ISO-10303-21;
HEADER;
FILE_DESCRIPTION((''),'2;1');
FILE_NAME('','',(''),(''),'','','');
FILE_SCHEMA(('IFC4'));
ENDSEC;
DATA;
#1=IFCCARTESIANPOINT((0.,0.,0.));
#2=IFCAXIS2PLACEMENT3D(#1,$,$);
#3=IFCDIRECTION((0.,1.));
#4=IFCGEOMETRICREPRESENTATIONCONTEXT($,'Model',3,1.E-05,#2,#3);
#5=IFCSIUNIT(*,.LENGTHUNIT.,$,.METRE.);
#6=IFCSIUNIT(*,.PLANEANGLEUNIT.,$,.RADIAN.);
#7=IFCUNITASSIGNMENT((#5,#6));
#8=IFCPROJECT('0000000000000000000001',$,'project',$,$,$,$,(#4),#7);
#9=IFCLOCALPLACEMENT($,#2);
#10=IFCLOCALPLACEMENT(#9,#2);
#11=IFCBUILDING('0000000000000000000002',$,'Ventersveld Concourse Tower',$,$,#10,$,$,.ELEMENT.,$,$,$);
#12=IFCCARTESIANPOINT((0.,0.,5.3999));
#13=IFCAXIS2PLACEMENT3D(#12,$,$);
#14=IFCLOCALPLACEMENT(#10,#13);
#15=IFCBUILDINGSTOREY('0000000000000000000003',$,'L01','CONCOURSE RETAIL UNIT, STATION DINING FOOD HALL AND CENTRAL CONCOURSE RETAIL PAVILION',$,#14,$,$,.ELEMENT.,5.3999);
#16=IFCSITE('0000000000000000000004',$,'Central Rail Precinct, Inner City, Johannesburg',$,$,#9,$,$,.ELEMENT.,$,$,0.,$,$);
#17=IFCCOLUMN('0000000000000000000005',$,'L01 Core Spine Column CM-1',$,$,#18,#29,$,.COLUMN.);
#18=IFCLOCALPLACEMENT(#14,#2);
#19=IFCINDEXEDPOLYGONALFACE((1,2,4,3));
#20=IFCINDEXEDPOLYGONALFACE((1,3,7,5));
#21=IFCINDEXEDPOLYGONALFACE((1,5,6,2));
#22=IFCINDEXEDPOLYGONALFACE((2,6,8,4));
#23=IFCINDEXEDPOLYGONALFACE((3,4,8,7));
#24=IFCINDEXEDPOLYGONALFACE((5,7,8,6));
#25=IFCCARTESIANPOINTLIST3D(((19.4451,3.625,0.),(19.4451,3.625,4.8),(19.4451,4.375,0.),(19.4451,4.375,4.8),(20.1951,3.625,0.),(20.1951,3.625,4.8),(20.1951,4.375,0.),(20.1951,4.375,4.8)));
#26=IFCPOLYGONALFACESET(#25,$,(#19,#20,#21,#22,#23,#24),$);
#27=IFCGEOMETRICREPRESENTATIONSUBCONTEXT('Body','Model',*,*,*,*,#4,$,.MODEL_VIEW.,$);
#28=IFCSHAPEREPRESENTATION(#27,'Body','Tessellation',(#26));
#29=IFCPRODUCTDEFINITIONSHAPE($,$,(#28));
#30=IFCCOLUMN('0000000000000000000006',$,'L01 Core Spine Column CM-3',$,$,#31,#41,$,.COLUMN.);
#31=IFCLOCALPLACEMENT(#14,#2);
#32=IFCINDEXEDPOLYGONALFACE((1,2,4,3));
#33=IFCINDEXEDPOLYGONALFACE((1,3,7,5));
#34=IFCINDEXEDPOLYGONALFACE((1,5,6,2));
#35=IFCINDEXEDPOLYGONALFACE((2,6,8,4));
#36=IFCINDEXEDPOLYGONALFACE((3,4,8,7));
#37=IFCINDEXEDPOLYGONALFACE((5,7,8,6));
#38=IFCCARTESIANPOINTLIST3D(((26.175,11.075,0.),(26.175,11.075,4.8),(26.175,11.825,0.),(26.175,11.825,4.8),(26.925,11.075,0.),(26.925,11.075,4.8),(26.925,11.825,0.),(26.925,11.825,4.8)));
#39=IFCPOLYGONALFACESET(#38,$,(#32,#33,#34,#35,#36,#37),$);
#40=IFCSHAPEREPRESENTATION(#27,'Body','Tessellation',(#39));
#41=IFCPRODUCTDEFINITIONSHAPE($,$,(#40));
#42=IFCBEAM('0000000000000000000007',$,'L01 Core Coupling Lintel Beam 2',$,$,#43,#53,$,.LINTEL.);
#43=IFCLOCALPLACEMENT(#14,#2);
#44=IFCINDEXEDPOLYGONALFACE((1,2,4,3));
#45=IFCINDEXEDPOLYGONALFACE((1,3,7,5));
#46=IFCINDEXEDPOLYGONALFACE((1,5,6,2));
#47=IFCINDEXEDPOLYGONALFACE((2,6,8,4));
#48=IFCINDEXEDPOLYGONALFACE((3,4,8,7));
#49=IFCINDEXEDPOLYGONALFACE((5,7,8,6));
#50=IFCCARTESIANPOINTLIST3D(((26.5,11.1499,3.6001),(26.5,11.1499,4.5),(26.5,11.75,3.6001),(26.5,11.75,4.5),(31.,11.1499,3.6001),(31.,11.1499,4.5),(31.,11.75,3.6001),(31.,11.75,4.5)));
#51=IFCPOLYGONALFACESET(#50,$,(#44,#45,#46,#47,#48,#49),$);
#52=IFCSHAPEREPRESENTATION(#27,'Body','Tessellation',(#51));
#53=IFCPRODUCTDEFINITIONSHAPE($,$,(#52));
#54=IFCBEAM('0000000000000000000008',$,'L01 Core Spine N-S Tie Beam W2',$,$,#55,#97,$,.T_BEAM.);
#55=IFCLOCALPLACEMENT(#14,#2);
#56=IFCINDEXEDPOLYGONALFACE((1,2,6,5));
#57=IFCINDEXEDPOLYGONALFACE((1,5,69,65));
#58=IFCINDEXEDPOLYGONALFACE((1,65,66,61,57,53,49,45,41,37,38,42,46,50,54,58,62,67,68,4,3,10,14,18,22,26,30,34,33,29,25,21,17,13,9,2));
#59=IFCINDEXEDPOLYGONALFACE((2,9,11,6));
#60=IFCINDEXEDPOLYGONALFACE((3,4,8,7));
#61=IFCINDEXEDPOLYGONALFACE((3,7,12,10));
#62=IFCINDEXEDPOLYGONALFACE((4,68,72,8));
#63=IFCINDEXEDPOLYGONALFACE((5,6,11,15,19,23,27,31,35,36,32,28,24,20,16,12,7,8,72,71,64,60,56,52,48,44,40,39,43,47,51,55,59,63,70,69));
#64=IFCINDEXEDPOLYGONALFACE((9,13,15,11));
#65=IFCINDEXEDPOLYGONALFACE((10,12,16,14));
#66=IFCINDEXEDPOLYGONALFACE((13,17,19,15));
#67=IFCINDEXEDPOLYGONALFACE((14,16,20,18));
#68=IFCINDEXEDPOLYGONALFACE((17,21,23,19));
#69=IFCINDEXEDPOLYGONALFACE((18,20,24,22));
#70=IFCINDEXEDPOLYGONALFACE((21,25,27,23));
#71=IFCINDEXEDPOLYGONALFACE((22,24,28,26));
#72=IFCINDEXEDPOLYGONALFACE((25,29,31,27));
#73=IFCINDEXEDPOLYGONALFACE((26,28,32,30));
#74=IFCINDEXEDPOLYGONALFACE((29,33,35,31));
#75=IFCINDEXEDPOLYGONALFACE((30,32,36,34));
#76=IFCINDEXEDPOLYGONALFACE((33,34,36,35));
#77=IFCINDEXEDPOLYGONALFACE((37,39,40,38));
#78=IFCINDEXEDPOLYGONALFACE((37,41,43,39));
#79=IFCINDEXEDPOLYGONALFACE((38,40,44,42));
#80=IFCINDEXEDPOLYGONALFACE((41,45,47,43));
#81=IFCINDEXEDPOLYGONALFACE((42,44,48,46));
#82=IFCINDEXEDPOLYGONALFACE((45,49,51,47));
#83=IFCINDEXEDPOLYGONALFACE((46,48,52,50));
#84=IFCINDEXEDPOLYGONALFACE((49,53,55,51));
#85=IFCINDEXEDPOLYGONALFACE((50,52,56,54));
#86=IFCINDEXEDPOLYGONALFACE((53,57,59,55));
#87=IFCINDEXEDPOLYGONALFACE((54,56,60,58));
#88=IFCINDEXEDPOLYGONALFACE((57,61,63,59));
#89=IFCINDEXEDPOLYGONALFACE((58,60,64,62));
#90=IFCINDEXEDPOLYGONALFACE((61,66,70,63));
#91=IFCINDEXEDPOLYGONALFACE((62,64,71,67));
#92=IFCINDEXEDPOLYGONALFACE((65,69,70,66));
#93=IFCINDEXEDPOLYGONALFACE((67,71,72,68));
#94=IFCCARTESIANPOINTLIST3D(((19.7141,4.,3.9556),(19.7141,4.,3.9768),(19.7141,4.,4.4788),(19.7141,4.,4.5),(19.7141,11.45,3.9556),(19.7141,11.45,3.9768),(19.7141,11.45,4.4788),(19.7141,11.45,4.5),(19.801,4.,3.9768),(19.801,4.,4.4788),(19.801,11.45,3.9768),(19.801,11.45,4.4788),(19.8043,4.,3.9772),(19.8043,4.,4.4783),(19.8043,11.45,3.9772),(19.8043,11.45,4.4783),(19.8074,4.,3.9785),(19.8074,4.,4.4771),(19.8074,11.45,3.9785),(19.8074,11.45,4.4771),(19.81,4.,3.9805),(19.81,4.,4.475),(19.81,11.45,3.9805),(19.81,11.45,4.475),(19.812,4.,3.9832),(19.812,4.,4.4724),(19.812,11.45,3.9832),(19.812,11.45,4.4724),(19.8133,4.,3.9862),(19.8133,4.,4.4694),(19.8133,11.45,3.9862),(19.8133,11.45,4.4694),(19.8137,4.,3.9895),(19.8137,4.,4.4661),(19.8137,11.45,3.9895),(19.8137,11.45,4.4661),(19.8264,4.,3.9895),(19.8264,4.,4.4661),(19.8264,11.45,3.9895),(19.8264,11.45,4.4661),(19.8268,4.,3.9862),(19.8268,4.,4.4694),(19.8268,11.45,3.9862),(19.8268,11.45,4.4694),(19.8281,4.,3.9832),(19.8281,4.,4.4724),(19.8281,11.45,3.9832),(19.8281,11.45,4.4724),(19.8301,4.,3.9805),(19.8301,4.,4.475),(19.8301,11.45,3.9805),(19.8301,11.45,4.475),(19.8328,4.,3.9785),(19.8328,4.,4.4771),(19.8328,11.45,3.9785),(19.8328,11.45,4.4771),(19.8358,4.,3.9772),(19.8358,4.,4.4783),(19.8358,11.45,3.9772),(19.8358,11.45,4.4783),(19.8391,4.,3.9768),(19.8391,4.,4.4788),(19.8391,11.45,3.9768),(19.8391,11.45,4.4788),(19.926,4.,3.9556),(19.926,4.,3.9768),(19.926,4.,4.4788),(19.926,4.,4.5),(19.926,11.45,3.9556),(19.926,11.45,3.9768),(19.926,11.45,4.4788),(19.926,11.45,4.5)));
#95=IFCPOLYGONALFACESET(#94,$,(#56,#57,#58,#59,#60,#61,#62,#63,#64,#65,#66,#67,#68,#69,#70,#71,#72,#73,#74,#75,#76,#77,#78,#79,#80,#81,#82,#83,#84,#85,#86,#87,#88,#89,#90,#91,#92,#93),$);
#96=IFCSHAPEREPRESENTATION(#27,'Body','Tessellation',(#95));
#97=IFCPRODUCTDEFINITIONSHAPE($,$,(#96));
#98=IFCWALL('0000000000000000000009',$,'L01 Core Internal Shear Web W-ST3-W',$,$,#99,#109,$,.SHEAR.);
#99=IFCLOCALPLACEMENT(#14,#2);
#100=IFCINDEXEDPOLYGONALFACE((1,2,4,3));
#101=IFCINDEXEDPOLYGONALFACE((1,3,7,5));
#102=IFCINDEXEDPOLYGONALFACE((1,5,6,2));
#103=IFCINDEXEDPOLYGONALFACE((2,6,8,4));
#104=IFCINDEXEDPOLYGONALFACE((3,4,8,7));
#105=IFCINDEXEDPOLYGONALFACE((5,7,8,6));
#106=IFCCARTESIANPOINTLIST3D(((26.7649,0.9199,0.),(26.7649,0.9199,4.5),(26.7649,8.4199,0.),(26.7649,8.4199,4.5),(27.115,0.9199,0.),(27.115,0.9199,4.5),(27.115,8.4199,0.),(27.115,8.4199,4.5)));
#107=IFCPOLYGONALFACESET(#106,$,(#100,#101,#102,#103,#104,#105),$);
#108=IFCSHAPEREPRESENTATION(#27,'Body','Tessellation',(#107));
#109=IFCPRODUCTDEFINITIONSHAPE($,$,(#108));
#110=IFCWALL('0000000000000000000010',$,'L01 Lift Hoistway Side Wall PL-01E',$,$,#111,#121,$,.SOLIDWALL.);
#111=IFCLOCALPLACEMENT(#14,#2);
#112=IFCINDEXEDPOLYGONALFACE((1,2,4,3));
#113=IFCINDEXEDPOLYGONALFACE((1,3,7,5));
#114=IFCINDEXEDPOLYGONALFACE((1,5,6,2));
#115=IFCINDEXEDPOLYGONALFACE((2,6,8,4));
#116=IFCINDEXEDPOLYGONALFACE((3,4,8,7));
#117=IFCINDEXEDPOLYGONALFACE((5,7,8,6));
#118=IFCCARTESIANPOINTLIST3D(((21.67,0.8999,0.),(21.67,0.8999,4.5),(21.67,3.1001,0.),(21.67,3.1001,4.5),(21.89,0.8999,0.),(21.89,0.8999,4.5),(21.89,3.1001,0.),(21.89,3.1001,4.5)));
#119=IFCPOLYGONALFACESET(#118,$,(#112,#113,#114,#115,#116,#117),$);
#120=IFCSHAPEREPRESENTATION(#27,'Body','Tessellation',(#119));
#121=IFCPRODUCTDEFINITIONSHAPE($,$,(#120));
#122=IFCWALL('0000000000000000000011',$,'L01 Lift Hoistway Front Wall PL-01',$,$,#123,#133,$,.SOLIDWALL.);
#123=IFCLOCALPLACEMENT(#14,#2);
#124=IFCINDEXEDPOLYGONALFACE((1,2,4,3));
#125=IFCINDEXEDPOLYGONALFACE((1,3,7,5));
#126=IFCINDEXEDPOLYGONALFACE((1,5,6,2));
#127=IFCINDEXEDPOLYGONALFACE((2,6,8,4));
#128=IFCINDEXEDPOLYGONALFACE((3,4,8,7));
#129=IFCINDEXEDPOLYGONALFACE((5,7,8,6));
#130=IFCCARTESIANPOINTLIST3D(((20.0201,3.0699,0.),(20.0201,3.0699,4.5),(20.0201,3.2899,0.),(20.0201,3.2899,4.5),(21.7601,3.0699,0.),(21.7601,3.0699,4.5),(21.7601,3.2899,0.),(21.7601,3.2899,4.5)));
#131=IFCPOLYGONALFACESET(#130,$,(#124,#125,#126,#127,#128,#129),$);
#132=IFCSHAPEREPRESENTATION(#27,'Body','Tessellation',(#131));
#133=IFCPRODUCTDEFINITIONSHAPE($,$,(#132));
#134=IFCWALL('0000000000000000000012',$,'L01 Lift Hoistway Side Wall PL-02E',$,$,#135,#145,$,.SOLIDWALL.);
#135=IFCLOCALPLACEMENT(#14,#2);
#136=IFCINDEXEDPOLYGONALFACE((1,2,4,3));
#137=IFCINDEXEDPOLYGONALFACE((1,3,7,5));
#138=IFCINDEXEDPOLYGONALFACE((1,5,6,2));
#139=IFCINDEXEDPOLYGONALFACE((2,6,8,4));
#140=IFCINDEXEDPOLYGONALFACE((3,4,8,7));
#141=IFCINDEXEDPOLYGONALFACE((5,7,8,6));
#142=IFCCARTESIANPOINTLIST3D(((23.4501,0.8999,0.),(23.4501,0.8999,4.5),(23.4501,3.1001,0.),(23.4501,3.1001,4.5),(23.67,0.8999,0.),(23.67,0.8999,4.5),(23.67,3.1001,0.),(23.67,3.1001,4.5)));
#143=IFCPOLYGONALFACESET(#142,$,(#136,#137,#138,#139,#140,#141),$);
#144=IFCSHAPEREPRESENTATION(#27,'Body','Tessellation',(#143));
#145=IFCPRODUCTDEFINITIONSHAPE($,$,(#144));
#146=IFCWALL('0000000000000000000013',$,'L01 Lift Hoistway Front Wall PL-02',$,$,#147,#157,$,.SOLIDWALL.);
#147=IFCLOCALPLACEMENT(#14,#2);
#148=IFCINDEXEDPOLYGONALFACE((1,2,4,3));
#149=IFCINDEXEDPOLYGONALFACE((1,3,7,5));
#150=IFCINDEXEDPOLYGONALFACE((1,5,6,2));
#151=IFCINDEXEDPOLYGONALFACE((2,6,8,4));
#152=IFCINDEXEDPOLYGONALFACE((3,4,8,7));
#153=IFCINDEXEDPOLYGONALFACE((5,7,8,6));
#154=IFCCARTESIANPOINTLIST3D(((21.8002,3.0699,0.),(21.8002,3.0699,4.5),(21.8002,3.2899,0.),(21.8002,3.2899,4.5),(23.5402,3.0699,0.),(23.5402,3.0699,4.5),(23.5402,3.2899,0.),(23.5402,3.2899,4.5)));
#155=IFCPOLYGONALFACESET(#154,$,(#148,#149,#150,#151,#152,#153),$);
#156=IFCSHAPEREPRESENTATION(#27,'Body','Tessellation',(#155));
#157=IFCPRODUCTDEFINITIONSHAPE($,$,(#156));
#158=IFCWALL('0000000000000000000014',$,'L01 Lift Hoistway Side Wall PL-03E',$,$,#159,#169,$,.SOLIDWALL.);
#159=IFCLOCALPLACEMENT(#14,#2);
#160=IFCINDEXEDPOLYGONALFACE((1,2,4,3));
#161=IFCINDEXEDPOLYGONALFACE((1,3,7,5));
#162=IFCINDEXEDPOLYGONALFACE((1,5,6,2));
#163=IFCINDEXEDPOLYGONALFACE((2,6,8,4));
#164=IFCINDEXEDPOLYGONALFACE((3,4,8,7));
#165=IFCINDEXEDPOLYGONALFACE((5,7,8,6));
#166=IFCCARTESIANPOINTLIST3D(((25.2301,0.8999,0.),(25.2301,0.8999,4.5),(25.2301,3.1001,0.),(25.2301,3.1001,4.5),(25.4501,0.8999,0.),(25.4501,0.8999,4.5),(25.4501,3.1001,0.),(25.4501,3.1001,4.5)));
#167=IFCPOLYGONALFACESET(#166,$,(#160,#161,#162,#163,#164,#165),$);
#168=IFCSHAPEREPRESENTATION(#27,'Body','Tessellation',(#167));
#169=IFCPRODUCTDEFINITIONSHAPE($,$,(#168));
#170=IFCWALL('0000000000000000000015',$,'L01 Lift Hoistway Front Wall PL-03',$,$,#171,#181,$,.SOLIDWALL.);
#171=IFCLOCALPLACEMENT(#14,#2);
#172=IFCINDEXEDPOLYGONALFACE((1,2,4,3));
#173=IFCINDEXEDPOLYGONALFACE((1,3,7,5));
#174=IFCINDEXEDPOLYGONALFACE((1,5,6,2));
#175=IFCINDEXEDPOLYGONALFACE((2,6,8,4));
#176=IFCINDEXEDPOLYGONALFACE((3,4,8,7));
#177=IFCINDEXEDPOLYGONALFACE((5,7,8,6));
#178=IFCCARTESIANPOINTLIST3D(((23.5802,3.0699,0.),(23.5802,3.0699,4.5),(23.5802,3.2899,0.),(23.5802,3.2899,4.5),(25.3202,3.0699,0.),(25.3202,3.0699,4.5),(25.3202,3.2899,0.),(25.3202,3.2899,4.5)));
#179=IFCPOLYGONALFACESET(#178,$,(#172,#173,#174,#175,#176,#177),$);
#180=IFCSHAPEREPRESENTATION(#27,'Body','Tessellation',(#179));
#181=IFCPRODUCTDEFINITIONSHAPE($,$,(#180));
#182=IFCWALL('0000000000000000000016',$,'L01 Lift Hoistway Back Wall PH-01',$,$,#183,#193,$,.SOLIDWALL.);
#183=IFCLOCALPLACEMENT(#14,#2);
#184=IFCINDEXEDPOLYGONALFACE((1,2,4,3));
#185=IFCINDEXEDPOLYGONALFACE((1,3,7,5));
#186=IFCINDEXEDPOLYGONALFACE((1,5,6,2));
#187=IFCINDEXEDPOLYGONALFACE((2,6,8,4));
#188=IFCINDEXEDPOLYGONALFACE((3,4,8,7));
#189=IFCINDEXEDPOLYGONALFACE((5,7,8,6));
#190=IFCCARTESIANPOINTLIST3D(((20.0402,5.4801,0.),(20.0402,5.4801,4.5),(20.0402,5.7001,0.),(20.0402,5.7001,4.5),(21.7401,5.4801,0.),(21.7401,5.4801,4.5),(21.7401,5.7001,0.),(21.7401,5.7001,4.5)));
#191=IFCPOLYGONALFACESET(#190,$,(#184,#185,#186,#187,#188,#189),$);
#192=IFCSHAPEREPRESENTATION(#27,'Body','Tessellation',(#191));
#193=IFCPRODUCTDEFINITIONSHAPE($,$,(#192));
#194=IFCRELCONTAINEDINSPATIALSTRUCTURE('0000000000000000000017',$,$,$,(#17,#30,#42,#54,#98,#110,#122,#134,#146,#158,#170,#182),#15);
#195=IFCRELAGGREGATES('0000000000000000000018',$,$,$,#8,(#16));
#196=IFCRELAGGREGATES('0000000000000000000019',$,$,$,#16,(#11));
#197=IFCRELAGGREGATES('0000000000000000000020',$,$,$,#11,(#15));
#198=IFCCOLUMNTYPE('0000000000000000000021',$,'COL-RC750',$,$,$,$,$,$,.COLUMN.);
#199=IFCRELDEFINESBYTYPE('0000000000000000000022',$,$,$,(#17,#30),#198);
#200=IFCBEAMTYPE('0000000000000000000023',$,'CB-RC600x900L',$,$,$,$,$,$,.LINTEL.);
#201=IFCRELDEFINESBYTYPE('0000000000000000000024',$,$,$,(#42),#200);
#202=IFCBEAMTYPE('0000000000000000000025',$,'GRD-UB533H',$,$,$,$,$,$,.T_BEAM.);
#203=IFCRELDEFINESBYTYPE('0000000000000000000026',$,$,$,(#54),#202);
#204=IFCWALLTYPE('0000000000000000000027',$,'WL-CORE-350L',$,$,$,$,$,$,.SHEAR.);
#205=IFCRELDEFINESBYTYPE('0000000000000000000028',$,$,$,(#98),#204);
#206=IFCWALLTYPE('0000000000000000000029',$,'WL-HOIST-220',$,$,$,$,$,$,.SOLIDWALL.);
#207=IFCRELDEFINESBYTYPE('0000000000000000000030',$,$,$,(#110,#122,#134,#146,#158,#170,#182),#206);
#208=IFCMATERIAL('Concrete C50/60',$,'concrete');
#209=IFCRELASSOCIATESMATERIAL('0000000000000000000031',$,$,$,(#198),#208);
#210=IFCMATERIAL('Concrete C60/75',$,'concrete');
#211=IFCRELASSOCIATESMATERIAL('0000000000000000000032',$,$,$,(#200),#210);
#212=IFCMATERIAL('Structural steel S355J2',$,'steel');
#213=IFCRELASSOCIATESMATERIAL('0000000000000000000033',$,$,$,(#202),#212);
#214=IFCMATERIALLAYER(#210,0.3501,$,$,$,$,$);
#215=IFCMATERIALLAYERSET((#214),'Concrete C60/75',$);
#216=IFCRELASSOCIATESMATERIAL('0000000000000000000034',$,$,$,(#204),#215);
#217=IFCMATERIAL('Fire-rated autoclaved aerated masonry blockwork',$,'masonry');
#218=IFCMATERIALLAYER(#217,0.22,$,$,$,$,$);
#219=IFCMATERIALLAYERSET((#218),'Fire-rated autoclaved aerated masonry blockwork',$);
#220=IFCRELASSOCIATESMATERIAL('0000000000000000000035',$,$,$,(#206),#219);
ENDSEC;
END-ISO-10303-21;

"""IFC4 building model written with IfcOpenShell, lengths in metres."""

from ifc_helpers import new_model, si_unit, direction, frame, frame_2d, origin, origin_2d, place, context, subcontext, project, spatial, rectangle, i_section, extrude, material, layer, layer_set, material_profile, profile_set, type_object, element, save


model = new_model("IFC4")

# Units and contexts
model_context = context("Model", 3, precision=1e-05, world=origin(), true_north=direction((0.0, 1.0)))
body_context = subcontext(model_context, "Body", "Model", "MODEL_VIEW")
ifc_project = project(units=[si_unit("LENGTHUNIT", "METRE"), si_unit("PLANEANGLEUNIT", "RADIAN")], contexts=[model_context])

# Site, building, storey
site_placement = place(None, origin())
site = spatial("IfcSite", under=ifc_project, at=site_placement, Name="Central Rail Precinct, Inner City, Johannesburg", CompositionType="ELEMENT", RefElevation=0.0)
building_placement = place(site_placement, origin())
building = spatial("IfcBuilding", under=site, at=building_placement, Name="Ventersveld Concourse Tower", CompositionType="ELEMENT")
storey_placement = place(building_placement, frame((0.0, 0.0, 5.3999)))
storey = spatial("IfcBuildingStorey", under=building, at=storey_placement, Name="L01", Description="CONCOURSE RETAIL UNIT, STATION DINING FOOD HALL AND CENTRAL CONCOURSE RETAIL PAVILION", CompositionType="ELEMENT", Elevation=5.3999)

# Columns
ifc_material_1 = material(Name="Concrete C50/60", Category="concrete")
ifc_material_profile_1 = material_profile(ifc_material_1, rectangle(XDim=0.75, YDim=0.75, at=origin_2d()), Name="RC 750x750")
ifc_profile_set_1 = profile_set([ifc_material_profile_1], Name="Concrete C50/60")
column_type = type_object("IfcColumnType", Name="COL-RC750", PredefinedType="COLUMN", material=ifc_profile_set_1)
for number, where, z_axis, x_axis, name in (
    (1, (19.8201, 4.0, 0.0), (0.0, 0.0, 1.0), (1.0, 0.0, 0.0), "L01 Core Spine Column CM-1"),
    (2, (26.55, 11.45, 0.0), (0.0, 0.0, 1.0), (1.0, 0.0, 0.0), "L01 Core Spine Column CM-3"),
):
    element("IfcColumn", number, at=place(storey_placement, frame(where, z_axis=z_axis, x_axis=x_axis)), inside=storey, type_object=column_type, Name=name, PredefinedType="COLUMN", context=body_context, shape_type="SweptSolid", body=[
        extrude(rectangle(XDim=0.75, YDim=0.75, at=origin_2d()), origin(), (0.0, 0.0, 1.0), 4.8),
    ])

# Beams
ifc_material_2 = material(Name="Concrete C60/75", Category="concrete")
ifc_material_profile_2 = material_profile(ifc_material_2, rectangle(XDim=0.6001, YDim=0.8999, at=origin_2d()), Name="RC 600x900")
ifc_profile_set_2 = profile_set([ifc_material_profile_2], Name="Concrete C60/75")
beam_type_1 = type_object("IfcBeamType", Name="CB-RC600x900L", PredefinedType="LINTEL", material=ifc_profile_set_2)
beam_1_placement = place(storey_placement, frame((26.5, 11.45, 4.05), z_axis=(1.0, 0.0, 0.0), x_axis=(0.0, 1.0, 0.0)))
element("IfcBeam", 3, at=beam_1_placement, inside=storey, type_object=beam_type_1, Name="L01 Core Coupling Lintel Beam 2", PredefinedType="LINTEL", context=body_context, shape_type="SweptSolid", body=[
    extrude(rectangle(XDim=0.6001, YDim=0.8999, at=origin_2d()), origin(), (0.0, 0.0, 1.0), 4.5),
])
ifc_material_3 = material(Name="Structural steel S355J2", Category="steel")
ifc_material_profile_3 = material_profile(ifc_material_3, i_section(OverallWidth=0.2119, OverallDepth=0.5444, WebThickness=0.0127, FlangeThickness=0.0212, FilletRadius=0.0127, at=origin_2d()), Name="UB 533x210x122")
ifc_profile_set_3 = profile_set([ifc_material_profile_3], Name="Structural steel S355J2")
beam_type_2 = type_object("IfcBeamType", Name="GRD-UB533H", PredefinedType="T_BEAM", material=ifc_profile_set_3)
beam_2_placement = place(storey_placement, frame((19.8201, 4.0, 4.2278), z_axis=(0.0, 1.0, 0.0), x_axis=(-1.0, 0.0, 0.0)))
element("IfcBeam", 4, at=beam_2_placement, inside=storey, type_object=beam_type_2, Name="L01 Core Spine N-S Tie Beam W2", PredefinedType="T_BEAM", context=body_context, shape_type="SweptSolid", body=[
    extrude(i_section(OverallWidth=0.2119, OverallDepth=0.5444, WebThickness=0.0127, FlangeThickness=0.0212, FilletRadius=0.0127, at=origin_2d()), origin(), (0.0, 0.0, 1.0), 7.45),
])

# Walls
ifc_layer_1 = layer(ifc_material_2, 0.3501)
ifc_layer_set_1 = layer_set([ifc_layer_1], Name="Concrete C60/75")
wall_type_1 = type_object("IfcWallType", Name="WL-CORE-350L", PredefinedType="SHEAR", material=ifc_layer_set_1)
wall_1_placement = place(storey_placement, frame((26.9399, 0.9199, 0.0), z_axis=(0.0, 0.0, 1.0), x_axis=(0.0, 1.0, 0.0)))
element("IfcWall", 5, at=wall_1_placement, inside=storey, type_object=wall_type_1, Name="L01 Core Internal Shear Web W-ST3-W", PredefinedType="SHEAR", context=body_context, shape_type="SweptSolid", body=[
    extrude(rectangle(XDim=7.5, YDim=0.3501, at=frame_2d((3.75, 0.0))), origin(), (0.0, 0.0, 1.0), 4.5),
])
ifc_material_4 = material(Name="Fire-rated autoclaved aerated masonry blockwork", Category="masonry")
ifc_layer_2 = layer(ifc_material_4, 0.22)
ifc_layer_set_2 = layer_set([ifc_layer_2], Name="Fire-rated autoclaved aerated masonry blockwork")
wall_type_2 = type_object("IfcWallType", Name="WL-HOIST-220", PredefinedType="SOLIDWALL", material=ifc_layer_set_2)
wall_2_placement = place(storey_placement, frame((21.78, 0.8999, 0.0), z_axis=(0.0, 0.0, 1.0), x_axis=(0.0, 1.0, 0.0)))
element("IfcWall", 6, at=wall_2_placement, inside=storey, type_object=wall_type_2, Name="L01 Lift Hoistway Side Wall PL-01E", PredefinedType="SOLIDWALL", context=body_context, shape_type="SweptSolid", body=[
    extrude(rectangle(XDim=2.2002, YDim=0.22, at=frame_2d((1.1001, 0.0))), origin(), (0.0, 0.0, 1.0), 4.5),
])
wall_3_placement = place(storey_placement, frame((20.02, 3.1799, 0.0), z_axis=(0.0, 0.0, 1.0), x_axis=(1.0, 0.0, 0.0)))
element("IfcWall", 7, at=wall_3_placement, inside=storey, type_object=wall_type_2, Name="L01 Lift Hoistway Front Wall PL-01", PredefinedType="SOLIDWALL", context=body_context, shape_type="SweptSolid", body=[
    extrude(rectangle(XDim=1.74, YDim=0.22, at=frame_2d((0.8701, 0.0))), origin(), (0.0, 0.0, 1.0), 4.5),
])
wall_4_placement = place(storey_placement, frame((23.5601, 0.8999, 0.0), z_axis=(0.0, 0.0, 1.0), x_axis=(0.0, 1.0, 0.0)))
element("IfcWall", 8, at=wall_4_placement, inside=storey, type_object=wall_type_2, Name="L01 Lift Hoistway Side Wall PL-02E", PredefinedType="SOLIDWALL", context=body_context, shape_type="SweptSolid", body=[
    extrude(rectangle(XDim=2.2002, YDim=0.22, at=frame_2d((1.1001, 0.0))), origin(), (0.0, 0.0, 1.0), 4.5),
])
wall_5_placement = place(storey_placement, frame((21.8, 3.1799, 0.0), z_axis=(0.0, 0.0, 1.0), x_axis=(1.0, 0.0, 0.0)))
element("IfcWall", 9, at=wall_5_placement, inside=storey, type_object=wall_type_2, Name="L01 Lift Hoistway Front Wall PL-02", PredefinedType="SOLIDWALL", context=body_context, shape_type="SweptSolid", body=[
    extrude(rectangle(XDim=1.74, YDim=0.22, at=frame_2d((0.8701, 0.0))), origin(), (0.0, 0.0, 1.0), 4.5),
])
wall_6_placement = place(storey_placement, frame((25.3401, 0.8999, 0.0), z_axis=(0.0, 0.0, 1.0), x_axis=(0.0, 1.0, 0.0)))
element("IfcWall", 10, at=wall_6_placement, inside=storey, type_object=wall_type_2, Name="L01 Lift Hoistway Side Wall PL-03E", PredefinedType="SOLIDWALL", context=body_context, shape_type="SweptSolid", body=[
    extrude(rectangle(XDim=2.2002, YDim=0.22, at=frame_2d((1.1001, 0.0))), origin(), (0.0, 0.0, 1.0), 4.5),
])
wall_7_placement = place(storey_placement, frame((23.5801, 3.1799, 0.0), z_axis=(0.0, 0.0, 1.0), x_axis=(1.0, 0.0, 0.0)))
element("IfcWall", 11, at=wall_7_placement, inside=storey, type_object=wall_type_2, Name="L01 Lift Hoistway Front Wall PL-03", PredefinedType="SOLIDWALL", context=body_context, shape_type="SweptSolid", body=[
    extrude(rectangle(XDim=1.74, YDim=0.22, at=frame_2d((0.8701, 0.0))), origin(), (0.0, 0.0, 1.0), 4.5),
])
wall_8_placement = place(storey_placement, frame((20.04, 5.5901, 0.0), z_axis=(0.0, 0.0, 1.0), x_axis=(1.0, 0.0, 0.0)))
element("IfcWall", 12, at=wall_8_placement, inside=storey, type_object=wall_type_2, Name="L01 Lift Hoistway Back Wall PH-01", PredefinedType="SOLIDWALL", context=body_context, shape_type="SweptSolid", body=[
    extrude(rectangle(XDim=1.7, YDim=0.22, at=frame_2d((0.8501, 0.0))), origin(), (0.0, 0.0, 1.0), 4.5),
])

save(model, "model.ifc")
